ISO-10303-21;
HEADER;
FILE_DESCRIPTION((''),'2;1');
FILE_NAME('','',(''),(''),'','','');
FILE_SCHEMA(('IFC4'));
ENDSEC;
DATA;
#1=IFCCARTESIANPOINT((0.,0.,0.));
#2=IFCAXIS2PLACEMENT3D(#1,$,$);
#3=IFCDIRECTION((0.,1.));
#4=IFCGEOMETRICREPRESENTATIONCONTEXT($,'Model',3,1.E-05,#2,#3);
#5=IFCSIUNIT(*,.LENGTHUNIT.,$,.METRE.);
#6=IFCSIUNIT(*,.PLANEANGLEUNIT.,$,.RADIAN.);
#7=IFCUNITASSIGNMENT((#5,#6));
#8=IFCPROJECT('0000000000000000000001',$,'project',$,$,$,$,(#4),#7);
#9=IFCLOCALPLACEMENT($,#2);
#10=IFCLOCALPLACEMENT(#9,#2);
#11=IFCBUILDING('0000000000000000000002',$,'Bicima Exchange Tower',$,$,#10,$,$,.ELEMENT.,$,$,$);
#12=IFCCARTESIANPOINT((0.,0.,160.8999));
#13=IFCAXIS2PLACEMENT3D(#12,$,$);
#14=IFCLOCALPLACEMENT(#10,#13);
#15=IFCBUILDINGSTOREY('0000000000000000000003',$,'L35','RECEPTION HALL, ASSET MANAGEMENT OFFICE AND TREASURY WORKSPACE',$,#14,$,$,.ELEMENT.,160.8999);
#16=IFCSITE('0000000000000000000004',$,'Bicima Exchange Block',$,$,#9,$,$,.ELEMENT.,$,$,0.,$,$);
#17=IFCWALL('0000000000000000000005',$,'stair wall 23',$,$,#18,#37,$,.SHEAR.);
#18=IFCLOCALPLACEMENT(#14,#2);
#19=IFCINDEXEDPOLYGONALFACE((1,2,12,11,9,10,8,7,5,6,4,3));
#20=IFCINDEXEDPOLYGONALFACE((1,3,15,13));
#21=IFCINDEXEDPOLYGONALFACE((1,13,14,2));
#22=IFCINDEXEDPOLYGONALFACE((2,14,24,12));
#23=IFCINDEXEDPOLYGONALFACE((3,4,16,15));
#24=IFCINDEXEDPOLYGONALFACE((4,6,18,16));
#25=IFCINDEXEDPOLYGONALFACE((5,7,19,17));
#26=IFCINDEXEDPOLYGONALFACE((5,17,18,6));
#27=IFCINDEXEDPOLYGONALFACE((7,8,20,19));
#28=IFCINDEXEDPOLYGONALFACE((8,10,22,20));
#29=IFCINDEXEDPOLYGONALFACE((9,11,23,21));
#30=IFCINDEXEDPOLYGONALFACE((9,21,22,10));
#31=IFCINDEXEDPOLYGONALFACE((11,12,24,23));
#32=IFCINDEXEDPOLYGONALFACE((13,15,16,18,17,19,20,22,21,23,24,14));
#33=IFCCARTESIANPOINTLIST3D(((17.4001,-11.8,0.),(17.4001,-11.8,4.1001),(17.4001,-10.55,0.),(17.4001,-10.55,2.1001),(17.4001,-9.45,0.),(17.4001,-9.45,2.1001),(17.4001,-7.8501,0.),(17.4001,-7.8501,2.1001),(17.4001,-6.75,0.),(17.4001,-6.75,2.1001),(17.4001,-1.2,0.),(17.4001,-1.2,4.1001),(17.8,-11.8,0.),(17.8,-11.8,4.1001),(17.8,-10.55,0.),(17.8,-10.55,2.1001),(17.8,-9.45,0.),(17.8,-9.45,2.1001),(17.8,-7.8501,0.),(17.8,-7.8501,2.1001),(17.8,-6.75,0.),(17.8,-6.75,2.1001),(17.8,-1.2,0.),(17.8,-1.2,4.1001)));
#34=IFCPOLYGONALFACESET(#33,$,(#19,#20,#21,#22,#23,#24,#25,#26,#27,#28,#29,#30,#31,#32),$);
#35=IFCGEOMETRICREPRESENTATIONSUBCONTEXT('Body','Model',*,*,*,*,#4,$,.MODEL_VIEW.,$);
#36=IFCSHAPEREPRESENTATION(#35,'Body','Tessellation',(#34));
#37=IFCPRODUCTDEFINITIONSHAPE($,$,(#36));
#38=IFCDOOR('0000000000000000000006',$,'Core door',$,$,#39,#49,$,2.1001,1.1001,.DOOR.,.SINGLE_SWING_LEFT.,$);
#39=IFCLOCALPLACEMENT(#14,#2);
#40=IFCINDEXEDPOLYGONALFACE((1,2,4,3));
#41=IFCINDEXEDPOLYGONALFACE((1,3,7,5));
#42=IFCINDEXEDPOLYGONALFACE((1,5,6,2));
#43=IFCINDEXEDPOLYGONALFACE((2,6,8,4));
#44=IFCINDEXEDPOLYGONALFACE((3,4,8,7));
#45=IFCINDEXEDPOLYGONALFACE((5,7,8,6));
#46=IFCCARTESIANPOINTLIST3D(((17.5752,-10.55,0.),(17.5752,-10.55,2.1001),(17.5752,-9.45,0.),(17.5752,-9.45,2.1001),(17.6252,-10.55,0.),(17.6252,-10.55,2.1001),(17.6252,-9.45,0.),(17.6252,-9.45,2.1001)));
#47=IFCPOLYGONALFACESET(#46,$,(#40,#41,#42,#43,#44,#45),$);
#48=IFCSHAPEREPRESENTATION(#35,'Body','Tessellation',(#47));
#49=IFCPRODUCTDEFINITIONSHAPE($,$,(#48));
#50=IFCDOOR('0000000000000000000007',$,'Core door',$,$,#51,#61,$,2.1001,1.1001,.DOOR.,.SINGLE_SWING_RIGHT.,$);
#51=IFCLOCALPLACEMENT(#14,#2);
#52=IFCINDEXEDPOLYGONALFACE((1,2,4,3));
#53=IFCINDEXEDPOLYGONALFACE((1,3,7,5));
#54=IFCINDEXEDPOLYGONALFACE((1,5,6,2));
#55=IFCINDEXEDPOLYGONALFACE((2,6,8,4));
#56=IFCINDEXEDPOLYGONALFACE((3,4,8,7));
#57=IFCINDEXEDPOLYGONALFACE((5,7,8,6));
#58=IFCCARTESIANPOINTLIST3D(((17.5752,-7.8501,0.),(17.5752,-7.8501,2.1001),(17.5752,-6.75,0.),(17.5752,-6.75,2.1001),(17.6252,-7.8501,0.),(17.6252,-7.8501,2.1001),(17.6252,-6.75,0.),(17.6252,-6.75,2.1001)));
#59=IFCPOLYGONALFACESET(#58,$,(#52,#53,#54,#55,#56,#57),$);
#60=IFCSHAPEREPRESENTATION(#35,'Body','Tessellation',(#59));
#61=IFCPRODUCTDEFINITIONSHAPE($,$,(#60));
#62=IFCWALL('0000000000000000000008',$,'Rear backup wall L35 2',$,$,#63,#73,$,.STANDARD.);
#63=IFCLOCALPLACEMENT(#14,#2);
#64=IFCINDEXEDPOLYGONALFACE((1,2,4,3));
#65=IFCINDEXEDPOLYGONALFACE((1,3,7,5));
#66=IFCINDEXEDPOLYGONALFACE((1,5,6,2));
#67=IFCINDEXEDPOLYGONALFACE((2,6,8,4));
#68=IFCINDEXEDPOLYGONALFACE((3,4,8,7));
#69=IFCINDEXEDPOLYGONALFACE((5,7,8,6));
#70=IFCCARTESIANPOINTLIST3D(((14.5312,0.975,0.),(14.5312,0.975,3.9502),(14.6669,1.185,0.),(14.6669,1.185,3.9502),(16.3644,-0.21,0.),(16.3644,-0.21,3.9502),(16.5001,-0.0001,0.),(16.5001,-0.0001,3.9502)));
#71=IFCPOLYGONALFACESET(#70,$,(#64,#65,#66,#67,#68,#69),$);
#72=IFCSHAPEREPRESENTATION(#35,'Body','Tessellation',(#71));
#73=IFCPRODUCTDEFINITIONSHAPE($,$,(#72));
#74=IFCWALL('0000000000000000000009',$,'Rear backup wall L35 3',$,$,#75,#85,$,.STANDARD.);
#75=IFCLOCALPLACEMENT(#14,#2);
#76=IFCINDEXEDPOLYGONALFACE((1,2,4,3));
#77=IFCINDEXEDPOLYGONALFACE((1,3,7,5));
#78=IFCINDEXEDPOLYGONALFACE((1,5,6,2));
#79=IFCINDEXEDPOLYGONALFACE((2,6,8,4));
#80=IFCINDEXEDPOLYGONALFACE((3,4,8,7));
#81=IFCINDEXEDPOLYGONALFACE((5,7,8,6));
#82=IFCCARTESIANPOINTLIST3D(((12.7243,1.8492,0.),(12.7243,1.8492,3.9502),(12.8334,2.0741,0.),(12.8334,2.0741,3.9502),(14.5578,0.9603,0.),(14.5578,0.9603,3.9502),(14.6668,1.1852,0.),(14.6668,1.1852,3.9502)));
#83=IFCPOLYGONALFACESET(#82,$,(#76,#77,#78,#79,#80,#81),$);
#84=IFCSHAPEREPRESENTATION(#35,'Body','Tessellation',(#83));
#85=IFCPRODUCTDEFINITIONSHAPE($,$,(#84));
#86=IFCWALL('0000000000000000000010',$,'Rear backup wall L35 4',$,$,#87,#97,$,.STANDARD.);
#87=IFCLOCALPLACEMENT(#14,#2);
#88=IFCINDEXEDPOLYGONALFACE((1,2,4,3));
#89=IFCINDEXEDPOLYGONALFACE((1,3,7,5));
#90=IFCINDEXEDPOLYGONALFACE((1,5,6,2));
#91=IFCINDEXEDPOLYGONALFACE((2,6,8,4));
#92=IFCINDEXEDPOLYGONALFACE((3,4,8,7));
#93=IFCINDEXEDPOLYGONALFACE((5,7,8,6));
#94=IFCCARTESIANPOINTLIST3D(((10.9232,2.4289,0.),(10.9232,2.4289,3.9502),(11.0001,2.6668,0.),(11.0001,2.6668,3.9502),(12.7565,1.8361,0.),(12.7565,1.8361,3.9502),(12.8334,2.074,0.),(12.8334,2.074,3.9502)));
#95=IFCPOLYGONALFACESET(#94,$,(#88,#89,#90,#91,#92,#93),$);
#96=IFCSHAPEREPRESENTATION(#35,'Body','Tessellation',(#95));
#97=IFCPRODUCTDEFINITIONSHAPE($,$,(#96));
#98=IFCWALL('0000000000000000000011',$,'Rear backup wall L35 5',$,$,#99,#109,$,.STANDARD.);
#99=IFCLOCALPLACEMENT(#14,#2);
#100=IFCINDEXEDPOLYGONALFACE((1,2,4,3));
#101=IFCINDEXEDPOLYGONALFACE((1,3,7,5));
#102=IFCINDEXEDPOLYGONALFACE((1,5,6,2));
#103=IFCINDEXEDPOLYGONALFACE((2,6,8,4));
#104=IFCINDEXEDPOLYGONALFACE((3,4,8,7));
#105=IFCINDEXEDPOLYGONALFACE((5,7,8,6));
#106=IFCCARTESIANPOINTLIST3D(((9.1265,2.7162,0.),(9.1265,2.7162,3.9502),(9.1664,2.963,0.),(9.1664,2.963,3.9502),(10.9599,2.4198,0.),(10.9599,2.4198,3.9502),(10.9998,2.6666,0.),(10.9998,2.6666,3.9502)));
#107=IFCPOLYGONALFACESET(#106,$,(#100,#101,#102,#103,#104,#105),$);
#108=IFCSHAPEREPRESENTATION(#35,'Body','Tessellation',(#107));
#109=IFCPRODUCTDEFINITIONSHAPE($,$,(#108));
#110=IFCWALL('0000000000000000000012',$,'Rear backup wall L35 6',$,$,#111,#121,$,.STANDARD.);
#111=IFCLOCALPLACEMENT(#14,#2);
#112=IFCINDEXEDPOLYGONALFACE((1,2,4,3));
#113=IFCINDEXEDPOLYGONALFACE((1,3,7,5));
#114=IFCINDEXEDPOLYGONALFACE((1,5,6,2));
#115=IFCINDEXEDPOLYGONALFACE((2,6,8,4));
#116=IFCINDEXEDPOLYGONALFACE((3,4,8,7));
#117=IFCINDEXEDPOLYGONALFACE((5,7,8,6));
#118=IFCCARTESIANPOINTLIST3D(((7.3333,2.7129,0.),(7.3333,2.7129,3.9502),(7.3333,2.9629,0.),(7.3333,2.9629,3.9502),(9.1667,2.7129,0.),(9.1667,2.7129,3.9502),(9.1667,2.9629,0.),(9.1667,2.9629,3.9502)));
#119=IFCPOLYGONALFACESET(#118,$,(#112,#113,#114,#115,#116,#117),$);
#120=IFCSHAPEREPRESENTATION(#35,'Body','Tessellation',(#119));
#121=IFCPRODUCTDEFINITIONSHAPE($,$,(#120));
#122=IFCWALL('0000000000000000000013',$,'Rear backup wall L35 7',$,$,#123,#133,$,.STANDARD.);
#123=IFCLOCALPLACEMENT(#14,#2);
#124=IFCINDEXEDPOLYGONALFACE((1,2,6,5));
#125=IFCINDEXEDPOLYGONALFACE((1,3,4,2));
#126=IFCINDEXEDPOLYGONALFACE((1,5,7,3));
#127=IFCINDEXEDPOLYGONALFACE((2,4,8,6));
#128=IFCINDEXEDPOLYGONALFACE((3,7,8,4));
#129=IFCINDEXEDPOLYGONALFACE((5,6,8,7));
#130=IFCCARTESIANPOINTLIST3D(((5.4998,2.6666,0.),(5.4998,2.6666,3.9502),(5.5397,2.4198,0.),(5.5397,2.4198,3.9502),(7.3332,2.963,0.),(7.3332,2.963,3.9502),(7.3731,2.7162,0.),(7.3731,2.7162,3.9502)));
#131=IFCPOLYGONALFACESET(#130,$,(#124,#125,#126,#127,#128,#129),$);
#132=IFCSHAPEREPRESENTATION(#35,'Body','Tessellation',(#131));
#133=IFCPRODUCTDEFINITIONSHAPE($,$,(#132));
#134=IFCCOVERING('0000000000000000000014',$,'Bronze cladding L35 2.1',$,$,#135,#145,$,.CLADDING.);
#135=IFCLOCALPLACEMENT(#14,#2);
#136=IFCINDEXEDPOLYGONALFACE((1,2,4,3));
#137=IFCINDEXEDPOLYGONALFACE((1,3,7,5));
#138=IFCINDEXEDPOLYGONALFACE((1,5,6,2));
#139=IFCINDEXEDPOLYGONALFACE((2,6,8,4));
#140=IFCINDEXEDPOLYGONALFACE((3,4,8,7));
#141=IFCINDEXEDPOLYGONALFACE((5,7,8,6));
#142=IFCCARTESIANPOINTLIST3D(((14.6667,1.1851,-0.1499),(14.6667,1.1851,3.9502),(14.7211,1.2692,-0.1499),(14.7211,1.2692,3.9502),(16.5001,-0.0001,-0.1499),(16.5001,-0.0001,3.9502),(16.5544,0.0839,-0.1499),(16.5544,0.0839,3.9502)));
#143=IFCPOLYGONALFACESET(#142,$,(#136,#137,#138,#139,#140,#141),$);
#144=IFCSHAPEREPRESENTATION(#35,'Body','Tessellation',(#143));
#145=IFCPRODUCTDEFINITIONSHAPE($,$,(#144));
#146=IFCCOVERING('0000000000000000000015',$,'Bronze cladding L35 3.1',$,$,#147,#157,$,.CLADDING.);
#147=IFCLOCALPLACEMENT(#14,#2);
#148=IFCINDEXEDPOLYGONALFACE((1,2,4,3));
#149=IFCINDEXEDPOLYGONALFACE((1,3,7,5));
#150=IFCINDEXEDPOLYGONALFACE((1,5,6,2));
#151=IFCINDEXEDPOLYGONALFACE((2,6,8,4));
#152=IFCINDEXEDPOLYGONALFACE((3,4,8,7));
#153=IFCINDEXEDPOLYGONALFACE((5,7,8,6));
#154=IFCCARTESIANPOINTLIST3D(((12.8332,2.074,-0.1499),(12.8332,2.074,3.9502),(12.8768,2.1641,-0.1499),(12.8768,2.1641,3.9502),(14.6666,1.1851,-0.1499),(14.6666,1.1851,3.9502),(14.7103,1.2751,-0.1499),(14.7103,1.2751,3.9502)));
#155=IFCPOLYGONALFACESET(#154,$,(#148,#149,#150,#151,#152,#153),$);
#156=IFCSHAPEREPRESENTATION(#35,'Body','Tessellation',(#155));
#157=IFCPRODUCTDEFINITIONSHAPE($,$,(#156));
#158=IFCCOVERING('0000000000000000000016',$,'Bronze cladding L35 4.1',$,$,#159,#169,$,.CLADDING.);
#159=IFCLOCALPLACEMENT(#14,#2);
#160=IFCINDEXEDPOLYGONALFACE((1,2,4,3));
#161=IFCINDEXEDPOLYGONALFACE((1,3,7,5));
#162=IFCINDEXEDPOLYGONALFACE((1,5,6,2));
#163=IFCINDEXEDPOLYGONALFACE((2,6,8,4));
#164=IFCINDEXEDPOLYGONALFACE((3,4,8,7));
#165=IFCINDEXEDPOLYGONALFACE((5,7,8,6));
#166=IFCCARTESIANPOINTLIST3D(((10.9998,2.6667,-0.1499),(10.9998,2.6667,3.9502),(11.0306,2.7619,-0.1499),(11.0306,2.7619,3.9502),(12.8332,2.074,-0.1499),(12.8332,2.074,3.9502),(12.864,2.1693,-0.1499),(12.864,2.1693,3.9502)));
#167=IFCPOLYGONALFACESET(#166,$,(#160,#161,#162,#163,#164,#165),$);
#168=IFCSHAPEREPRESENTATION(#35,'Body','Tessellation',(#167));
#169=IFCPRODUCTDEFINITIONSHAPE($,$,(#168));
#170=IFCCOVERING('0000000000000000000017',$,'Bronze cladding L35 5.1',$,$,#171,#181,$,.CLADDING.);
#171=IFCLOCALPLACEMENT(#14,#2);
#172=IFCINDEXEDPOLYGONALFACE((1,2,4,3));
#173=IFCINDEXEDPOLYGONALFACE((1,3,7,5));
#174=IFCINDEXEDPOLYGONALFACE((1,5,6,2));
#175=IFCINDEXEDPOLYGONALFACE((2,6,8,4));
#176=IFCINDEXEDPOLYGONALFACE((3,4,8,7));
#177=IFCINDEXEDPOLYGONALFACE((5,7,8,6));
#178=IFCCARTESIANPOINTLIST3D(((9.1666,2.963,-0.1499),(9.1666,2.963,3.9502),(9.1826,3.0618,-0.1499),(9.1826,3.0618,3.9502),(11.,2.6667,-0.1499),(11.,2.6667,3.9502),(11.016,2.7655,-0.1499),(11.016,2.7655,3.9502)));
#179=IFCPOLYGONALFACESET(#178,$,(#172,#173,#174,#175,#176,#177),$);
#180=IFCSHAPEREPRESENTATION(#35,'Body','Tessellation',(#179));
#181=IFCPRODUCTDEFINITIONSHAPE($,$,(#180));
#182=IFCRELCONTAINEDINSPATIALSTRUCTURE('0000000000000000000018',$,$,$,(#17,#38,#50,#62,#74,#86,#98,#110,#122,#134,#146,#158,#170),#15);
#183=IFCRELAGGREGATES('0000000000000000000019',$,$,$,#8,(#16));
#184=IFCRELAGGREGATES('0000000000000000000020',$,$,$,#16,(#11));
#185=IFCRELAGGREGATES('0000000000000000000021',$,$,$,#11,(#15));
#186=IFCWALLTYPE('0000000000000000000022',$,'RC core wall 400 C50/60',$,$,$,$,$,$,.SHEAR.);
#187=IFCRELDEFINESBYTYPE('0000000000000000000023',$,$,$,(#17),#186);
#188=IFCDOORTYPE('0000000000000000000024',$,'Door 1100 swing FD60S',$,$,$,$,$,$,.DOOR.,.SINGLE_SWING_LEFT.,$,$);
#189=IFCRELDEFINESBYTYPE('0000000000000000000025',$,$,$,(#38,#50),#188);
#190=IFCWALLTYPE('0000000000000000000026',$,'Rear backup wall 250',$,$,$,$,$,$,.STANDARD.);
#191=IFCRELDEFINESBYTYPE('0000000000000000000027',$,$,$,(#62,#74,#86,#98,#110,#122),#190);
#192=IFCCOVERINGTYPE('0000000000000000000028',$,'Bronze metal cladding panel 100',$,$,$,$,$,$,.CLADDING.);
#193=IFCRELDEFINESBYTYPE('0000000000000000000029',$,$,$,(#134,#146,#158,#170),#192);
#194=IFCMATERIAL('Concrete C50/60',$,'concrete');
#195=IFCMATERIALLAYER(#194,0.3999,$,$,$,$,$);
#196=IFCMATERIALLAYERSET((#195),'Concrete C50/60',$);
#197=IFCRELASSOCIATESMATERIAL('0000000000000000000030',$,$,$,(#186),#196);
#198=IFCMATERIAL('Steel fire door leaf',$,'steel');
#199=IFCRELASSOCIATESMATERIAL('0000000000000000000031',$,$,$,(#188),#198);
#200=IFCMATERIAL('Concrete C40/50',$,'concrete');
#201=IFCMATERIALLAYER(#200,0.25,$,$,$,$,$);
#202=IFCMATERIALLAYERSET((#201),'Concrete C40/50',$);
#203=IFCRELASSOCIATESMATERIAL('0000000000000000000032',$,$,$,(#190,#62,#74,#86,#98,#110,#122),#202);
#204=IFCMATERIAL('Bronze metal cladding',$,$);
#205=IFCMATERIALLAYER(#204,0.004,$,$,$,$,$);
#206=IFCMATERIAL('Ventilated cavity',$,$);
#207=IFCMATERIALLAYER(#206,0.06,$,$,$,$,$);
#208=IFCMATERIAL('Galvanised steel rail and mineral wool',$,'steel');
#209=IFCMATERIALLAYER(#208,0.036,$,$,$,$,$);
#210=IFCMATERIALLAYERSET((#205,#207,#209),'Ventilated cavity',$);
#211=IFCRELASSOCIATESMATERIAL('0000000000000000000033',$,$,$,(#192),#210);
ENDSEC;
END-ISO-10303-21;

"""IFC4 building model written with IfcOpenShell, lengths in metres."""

from ifc_helpers import new_model, si_unit, direction, frame, frame_2d, origin, origin_2d, place, context, subcontext, project, spatial, rectangle, extrude, material, layer, layer_set, layer_usage, type_object, element, fill, save


model = new_model("IFC4")

# Units and contexts
model_context = context("Model", 3, precision=1e-05, world=origin(), true_north=direction((0.0, 1.0)))
body_context = subcontext(model_context, "Body", "Model", "MODEL_VIEW")
ifc_project = project(units=[si_unit("LENGTHUNIT", "METRE"), si_unit("PLANEANGLEUNIT", "RADIAN")], contexts=[model_context])

# Site, building, storey
site_placement = place(None, origin())
site = spatial("IfcSite", under=ifc_project, at=site_placement, Name="Bicima Exchange Block", CompositionType="ELEMENT", RefElevation=0.0)
building_placement = place(site_placement, origin())
building = spatial("IfcBuilding", under=site, at=building_placement, Name="Bicima Exchange Tower", CompositionType="ELEMENT")
storey_placement = place(building_placement, frame((0.0, 0.0, 160.8999)))
storey = spatial("IfcBuildingStorey", under=building, at=storey_placement, Name="L35", Description="RECEPTION HALL, ASSET MANAGEMENT OFFICE AND TREASURY WORKSPACE", CompositionType="ELEMENT", Elevation=160.8999)

# Wall, openings, doors
ifc_material_1 = material(Name="Concrete C50/60", Category="concrete")
ifc_layer_1 = layer(ifc_material_1, 0.3999)
ifc_layer_set_1 = layer_set([ifc_layer_1], Name="Concrete C50/60")
wall_type_1 = type_object("IfcWallType", Name="RC core wall 400 C50/60", PredefinedType="SHEAR", material=ifc_layer_set_1)
ifc_material_2 = material(Name="Steel fire door leaf", Category="steel")
door_type_1 = type_object("IfcDoorType", Name="Door 1100 swing FD60S", OperationType="SINGLE_SWING_LEFT", PredefinedType="DOOR", material=ifc_material_2)
wall_1_placement = place(storey_placement, frame((17.6001, -11.8, 0.0), z_axis=(0.0, 0.0, 1.0), x_axis=(0.0, 1.0, 0.0)))
wall_1 = element("IfcWall", 1, at=wall_1_placement, inside=storey, type_object=wall_type_1, Name="stair wall 23", PredefinedType="SHEAR", context=body_context, shape_type="SweptSolid", body=[
    extrude(rectangle(XDim=10.6001, YDim=0.3999, at=frame_2d((5.3, 0.0))), origin(), (0.0, 0.0, 1.0), 4.1001),
])
opening_1_placement = place(wall_1_placement, frame((1.25, 0.0, 0.0)))
opening_1 = element("IfcOpeningElement", 2, at=opening_1_placement, cuts=wall_1, PredefinedType="OPENING", context=body_context, shape_type="SweptSolid", body=[
    extrude(rectangle(XDim=1.1001, YDim=2.1001, at=frame_2d((0.55, 1.05))), frame((0.0, 0.2119, 0.0), z_axis=(0.0, -1.0, 0.0), x_axis=(1.0, 0.0, 0.0)), (0.0, 0.0, 1.0), 0.4238),
])
opening_2_placement = place(wall_1_placement, frame((3.95, 0.0, 0.0)))
opening_2 = element("IfcOpeningElement", 3, at=opening_2_placement, cuts=wall_1, PredefinedType="OPENING", context=body_context, shape_type="SweptSolid", body=[
    extrude(rectangle(XDim=1.1001, YDim=2.1001, at=frame_2d((0.55, 1.05))), frame((0.0, 0.2119, 0.0), z_axis=(0.0, -1.0, 0.0), x_axis=(1.0, 0.0, 0.0)), (0.0, 0.0, 1.0), 0.4238),
])
door_1_placement = place(opening_1_placement, origin())
door_1 = element("IfcDoor", 4, at=door_1_placement, inside=storey, type_object=door_type_1, Name="Core door", OperationType="SINGLE_SWING_LEFT", OverallHeight=2.1001, OverallWidth=1.1001, PredefinedType="DOOR", context=body_context, shape_type="SweptSolid", body=[
    extrude(rectangle(XDim=1.1001, YDim=2.1001, at=frame_2d((0.55, 1.05))), frame((0.0, 0.0249, 0.0), z_axis=(0.0, -1.0, 0.0), x_axis=(1.0, 0.0, 0.0)), (0.0, 0.0, 1.0), 0.05),
])
fill(opening_1, door_1)
door_2_placement = place(opening_2_placement, origin())
door_2 = element("IfcDoor", 5, at=door_2_placement, inside=storey, type_object=door_type_1, Name="Core door", OperationType="SINGLE_SWING_RIGHT", OverallHeight=2.1001, OverallWidth=1.1001, PredefinedType="DOOR", context=body_context, shape_type="SweptSolid", body=[
    extrude(rectangle(XDim=1.1001, YDim=2.1001, at=frame_2d((0.55, 1.05))), frame((0.0, 0.0249, 0.0), z_axis=(0.0, -1.0, 0.0), x_axis=(1.0, 0.0, 0.0)), (0.0, 0.0, 1.0), 0.05),
])
fill(opening_2, door_2)

# Walls
ifc_material_3 = material(Name="Concrete C40/50", Category="concrete")
ifc_layer_2 = layer(ifc_material_3, 0.25)
ifc_layer_set_2 = layer_set([ifc_layer_2], Name="Concrete C40/50")
ifc_layer_usage = layer_usage(ifc_layer_set_2, "AXIS2", "POSITIVE", -0.125)
wall_type_2 = type_object("IfcWallType", Name="Rear backup wall 250", PredefinedType="STANDARD", material=ifc_layer_set_2)
wall_2_placement = place(storey_placement, frame((16.4321, -0.105, 0.0), z_axis=(0.0, 0.0, 1.0), x_axis=(-0.839813, 0.542876, 0.0)))
element("IfcWall", 6, at=wall_2_placement, inside=storey, type_object=wall_type_2, material=ifc_layer_usage, Name="Rear backup wall L35 2", PredefinedType="STANDARD", context=body_context, shape_type="SweptSolid", body=[
    extrude(rectangle(XDim=2.1829, YDim=0.25, at=frame_2d((1.0913, 0.0))), origin(), (0.0, 0.0, 1.0), 3.9502),
])
wall_3_placement = place(storey_placement, frame((14.6123, 1.0728, 0.0), z_axis=(0.0, 0.0, 1.0), x_axis=(-0.899824, 0.436253, 0.0)))
element("IfcWall", 7, at=wall_3_placement, inside=storey, type_object=wall_type_2, material=ifc_layer_usage, Name="Rear backup wall L35 3", PredefinedType="STANDARD", context=body_context, shape_type="SweptSolid", body=[
    extrude(rectangle(XDim=2.0376, YDim=0.25, at=frame_2d((1.0188, 0.0))), origin(), (0.0, 0.0, 1.0), 3.9502),
])
wall_4_placement = place(storey_placement, frame((12.7949, 1.9551, 0.0), z_axis=(0.0, 0.0, 1.0), x_axis=(-0.951496, 0.307662, 0.0)))
element("IfcWall", 8, at=wall_4_placement, inside=storey, type_object=wall_type_2, material=ifc_layer_usage, Name="Rear backup wall L35 4", PredefinedType="STANDARD", context=body_context, shape_type="SweptSolid", body=[
    extrude(rectangle(XDim=1.9268, YDim=0.25, at=frame_2d((0.9634, 0.0))), origin(), (0.0, 0.0, 1.0), 3.9502),
])
wall_5_placement = place(storey_placement, frame((10.98, 2.5432, 0.0), z_axis=(0.0, 0.0, 1.0), x_axis=(-0.987182, 0.1596, 0.0)))
element("IfcWall", 9, at=wall_5_placement, inside=storey, type_object=wall_type_2, material=ifc_layer_usage, Name="Rear backup wall L35 5", PredefinedType="STANDARD", context=body_context, shape_type="SweptSolid", body=[
    extrude(rectangle(XDim=1.8572, YDim=0.25, at=frame_2d((0.9287, 0.0))), origin(), (0.0, 0.0, 1.0), 3.9502),
])
wall_6_placement = place(storey_placement, frame((9.1667, 2.8379, 0.0), z_axis=(0.0, 0.0, 1.0), x_axis=(-1.0, 0.0, 0.0)))
element("IfcWall", 10, at=wall_6_placement, inside=storey, type_object=wall_type_2, material=ifc_layer_usage, Name="Rear backup wall L35 6", PredefinedType="STANDARD", context=body_context, shape_type="SweptSolid", body=[
    extrude(rectangle(XDim=1.8335, YDim=0.25, at=frame_2d((0.9167, 0.0))), origin(), (0.0, 0.0, 1.0), 3.9502),
])
wall_7_placement = place(storey_placement, frame((7.3533, 2.8396, 0.0), z_axis=(0.0, 0.0, 1.0), x_axis=(-0.987182, -0.1596, 0.0)))
element("IfcWall", 11, at=wall_7_placement, inside=storey, type_object=wall_type_2, material=ifc_layer_usage, Name="Rear backup wall L35 7", PredefinedType="STANDARD", context=body_context, shape_type="SweptSolid", body=[
    extrude(rectangle(XDim=1.8572, YDim=0.25, at=frame_2d((0.9287, 0.0))), origin(), (0.0, 0.0, 1.0), 3.9502),
])

# Coverings
ifc_material_4 = material(Name="Bronze metal cladding")
ifc_layer_3 = layer(ifc_material_4, 0.004)
ifc_material_5 = material(Name="Ventilated cavity")
ifc_layer_4 = layer(ifc_material_5, 0.06)
ifc_material_6 = material(Name="Galvanised steel rail and mineral wool", Category="steel")
ifc_layer_5 = layer(ifc_material_6, 0.036)
ifc_layer_set_3 = layer_set([ifc_layer_3, ifc_layer_4, ifc_layer_5], Name="Ventilated cavity")
covering_type = type_object("IfcCoveringType", Name="Bronze metal cladding panel 100", PredefinedType="CLADDING", material=ifc_layer_set_3)
covering_1_placement = place(storey_placement, frame((15.6106, 0.6345, -0.1499), z_axis=(0.0, 0.0, 1.0), x_axis=(-0.83979, 0.542911, 0.0)))
element("IfcCovering", 12, at=covering_1_placement, inside=storey, type_object=covering_type, Name="Bronze cladding L35 2.1", PredefinedType="CLADDING", context=body_context, shape_type="SweptSolid", body=[
    extrude(rectangle(XDim=2.1831, YDim=0.1001, at=origin_2d()), origin(), (0.0, 0.0, 1.0), 4.1001),
])
covering_2_placement = place(storey_placement, frame((13.7717, 1.6746, -0.1499), z_axis=(0.0, 0.0, 1.0), x_axis=(-0.899818, 0.436265, 0.0)))
element("IfcCovering", 13, at=covering_2_placement, inside=storey, type_object=covering_type, Name="Bronze cladding L35 3.1", PredefinedType="CLADDING", context=body_context, shape_type="SweptSolid", body=[
    extrude(rectangle(XDim=2.0376, YDim=0.1001, at=origin_2d()), origin(), (0.0, 0.0, 1.0), 4.1001),
])
covering_3_placement = place(storey_placement, frame((11.9319, 2.418, -0.1499), z_axis=(0.0, 0.0, 1.0), x_axis=(-0.951525, 0.307573, 0.0)))
element("IfcCovering", 14, at=covering_3_placement, inside=storey, type_object=covering_type, Name="Bronze cladding L35 4.1", PredefinedType="CLADDING", context=body_context, shape_type="SweptSolid", body=[
    extrude(rectangle(XDim=1.9268, YDim=0.1001, at=origin_2d()), origin(), (0.0, 0.0, 1.0), 4.1001),
])
covering_4_placement = place(storey_placement, frame((10.0913, 2.8643, -0.1499), z_axis=(0.0, 0.0, 1.0), x_axis=(-0.98719, 0.15955, 0.0)))
element("IfcCovering", 15, at=covering_4_placement, inside=storey, type_object=covering_type, Name="Bronze cladding L35 5.1", PredefinedType="CLADDING", context=body_context, shape_type="SweptSolid", body=[
    extrude(rectangle(XDim=1.8572, YDim=0.1001, at=origin_2d()), origin(), (0.0, 0.0, 1.0), 4.1001),
])

save(model, "model.ifc")
